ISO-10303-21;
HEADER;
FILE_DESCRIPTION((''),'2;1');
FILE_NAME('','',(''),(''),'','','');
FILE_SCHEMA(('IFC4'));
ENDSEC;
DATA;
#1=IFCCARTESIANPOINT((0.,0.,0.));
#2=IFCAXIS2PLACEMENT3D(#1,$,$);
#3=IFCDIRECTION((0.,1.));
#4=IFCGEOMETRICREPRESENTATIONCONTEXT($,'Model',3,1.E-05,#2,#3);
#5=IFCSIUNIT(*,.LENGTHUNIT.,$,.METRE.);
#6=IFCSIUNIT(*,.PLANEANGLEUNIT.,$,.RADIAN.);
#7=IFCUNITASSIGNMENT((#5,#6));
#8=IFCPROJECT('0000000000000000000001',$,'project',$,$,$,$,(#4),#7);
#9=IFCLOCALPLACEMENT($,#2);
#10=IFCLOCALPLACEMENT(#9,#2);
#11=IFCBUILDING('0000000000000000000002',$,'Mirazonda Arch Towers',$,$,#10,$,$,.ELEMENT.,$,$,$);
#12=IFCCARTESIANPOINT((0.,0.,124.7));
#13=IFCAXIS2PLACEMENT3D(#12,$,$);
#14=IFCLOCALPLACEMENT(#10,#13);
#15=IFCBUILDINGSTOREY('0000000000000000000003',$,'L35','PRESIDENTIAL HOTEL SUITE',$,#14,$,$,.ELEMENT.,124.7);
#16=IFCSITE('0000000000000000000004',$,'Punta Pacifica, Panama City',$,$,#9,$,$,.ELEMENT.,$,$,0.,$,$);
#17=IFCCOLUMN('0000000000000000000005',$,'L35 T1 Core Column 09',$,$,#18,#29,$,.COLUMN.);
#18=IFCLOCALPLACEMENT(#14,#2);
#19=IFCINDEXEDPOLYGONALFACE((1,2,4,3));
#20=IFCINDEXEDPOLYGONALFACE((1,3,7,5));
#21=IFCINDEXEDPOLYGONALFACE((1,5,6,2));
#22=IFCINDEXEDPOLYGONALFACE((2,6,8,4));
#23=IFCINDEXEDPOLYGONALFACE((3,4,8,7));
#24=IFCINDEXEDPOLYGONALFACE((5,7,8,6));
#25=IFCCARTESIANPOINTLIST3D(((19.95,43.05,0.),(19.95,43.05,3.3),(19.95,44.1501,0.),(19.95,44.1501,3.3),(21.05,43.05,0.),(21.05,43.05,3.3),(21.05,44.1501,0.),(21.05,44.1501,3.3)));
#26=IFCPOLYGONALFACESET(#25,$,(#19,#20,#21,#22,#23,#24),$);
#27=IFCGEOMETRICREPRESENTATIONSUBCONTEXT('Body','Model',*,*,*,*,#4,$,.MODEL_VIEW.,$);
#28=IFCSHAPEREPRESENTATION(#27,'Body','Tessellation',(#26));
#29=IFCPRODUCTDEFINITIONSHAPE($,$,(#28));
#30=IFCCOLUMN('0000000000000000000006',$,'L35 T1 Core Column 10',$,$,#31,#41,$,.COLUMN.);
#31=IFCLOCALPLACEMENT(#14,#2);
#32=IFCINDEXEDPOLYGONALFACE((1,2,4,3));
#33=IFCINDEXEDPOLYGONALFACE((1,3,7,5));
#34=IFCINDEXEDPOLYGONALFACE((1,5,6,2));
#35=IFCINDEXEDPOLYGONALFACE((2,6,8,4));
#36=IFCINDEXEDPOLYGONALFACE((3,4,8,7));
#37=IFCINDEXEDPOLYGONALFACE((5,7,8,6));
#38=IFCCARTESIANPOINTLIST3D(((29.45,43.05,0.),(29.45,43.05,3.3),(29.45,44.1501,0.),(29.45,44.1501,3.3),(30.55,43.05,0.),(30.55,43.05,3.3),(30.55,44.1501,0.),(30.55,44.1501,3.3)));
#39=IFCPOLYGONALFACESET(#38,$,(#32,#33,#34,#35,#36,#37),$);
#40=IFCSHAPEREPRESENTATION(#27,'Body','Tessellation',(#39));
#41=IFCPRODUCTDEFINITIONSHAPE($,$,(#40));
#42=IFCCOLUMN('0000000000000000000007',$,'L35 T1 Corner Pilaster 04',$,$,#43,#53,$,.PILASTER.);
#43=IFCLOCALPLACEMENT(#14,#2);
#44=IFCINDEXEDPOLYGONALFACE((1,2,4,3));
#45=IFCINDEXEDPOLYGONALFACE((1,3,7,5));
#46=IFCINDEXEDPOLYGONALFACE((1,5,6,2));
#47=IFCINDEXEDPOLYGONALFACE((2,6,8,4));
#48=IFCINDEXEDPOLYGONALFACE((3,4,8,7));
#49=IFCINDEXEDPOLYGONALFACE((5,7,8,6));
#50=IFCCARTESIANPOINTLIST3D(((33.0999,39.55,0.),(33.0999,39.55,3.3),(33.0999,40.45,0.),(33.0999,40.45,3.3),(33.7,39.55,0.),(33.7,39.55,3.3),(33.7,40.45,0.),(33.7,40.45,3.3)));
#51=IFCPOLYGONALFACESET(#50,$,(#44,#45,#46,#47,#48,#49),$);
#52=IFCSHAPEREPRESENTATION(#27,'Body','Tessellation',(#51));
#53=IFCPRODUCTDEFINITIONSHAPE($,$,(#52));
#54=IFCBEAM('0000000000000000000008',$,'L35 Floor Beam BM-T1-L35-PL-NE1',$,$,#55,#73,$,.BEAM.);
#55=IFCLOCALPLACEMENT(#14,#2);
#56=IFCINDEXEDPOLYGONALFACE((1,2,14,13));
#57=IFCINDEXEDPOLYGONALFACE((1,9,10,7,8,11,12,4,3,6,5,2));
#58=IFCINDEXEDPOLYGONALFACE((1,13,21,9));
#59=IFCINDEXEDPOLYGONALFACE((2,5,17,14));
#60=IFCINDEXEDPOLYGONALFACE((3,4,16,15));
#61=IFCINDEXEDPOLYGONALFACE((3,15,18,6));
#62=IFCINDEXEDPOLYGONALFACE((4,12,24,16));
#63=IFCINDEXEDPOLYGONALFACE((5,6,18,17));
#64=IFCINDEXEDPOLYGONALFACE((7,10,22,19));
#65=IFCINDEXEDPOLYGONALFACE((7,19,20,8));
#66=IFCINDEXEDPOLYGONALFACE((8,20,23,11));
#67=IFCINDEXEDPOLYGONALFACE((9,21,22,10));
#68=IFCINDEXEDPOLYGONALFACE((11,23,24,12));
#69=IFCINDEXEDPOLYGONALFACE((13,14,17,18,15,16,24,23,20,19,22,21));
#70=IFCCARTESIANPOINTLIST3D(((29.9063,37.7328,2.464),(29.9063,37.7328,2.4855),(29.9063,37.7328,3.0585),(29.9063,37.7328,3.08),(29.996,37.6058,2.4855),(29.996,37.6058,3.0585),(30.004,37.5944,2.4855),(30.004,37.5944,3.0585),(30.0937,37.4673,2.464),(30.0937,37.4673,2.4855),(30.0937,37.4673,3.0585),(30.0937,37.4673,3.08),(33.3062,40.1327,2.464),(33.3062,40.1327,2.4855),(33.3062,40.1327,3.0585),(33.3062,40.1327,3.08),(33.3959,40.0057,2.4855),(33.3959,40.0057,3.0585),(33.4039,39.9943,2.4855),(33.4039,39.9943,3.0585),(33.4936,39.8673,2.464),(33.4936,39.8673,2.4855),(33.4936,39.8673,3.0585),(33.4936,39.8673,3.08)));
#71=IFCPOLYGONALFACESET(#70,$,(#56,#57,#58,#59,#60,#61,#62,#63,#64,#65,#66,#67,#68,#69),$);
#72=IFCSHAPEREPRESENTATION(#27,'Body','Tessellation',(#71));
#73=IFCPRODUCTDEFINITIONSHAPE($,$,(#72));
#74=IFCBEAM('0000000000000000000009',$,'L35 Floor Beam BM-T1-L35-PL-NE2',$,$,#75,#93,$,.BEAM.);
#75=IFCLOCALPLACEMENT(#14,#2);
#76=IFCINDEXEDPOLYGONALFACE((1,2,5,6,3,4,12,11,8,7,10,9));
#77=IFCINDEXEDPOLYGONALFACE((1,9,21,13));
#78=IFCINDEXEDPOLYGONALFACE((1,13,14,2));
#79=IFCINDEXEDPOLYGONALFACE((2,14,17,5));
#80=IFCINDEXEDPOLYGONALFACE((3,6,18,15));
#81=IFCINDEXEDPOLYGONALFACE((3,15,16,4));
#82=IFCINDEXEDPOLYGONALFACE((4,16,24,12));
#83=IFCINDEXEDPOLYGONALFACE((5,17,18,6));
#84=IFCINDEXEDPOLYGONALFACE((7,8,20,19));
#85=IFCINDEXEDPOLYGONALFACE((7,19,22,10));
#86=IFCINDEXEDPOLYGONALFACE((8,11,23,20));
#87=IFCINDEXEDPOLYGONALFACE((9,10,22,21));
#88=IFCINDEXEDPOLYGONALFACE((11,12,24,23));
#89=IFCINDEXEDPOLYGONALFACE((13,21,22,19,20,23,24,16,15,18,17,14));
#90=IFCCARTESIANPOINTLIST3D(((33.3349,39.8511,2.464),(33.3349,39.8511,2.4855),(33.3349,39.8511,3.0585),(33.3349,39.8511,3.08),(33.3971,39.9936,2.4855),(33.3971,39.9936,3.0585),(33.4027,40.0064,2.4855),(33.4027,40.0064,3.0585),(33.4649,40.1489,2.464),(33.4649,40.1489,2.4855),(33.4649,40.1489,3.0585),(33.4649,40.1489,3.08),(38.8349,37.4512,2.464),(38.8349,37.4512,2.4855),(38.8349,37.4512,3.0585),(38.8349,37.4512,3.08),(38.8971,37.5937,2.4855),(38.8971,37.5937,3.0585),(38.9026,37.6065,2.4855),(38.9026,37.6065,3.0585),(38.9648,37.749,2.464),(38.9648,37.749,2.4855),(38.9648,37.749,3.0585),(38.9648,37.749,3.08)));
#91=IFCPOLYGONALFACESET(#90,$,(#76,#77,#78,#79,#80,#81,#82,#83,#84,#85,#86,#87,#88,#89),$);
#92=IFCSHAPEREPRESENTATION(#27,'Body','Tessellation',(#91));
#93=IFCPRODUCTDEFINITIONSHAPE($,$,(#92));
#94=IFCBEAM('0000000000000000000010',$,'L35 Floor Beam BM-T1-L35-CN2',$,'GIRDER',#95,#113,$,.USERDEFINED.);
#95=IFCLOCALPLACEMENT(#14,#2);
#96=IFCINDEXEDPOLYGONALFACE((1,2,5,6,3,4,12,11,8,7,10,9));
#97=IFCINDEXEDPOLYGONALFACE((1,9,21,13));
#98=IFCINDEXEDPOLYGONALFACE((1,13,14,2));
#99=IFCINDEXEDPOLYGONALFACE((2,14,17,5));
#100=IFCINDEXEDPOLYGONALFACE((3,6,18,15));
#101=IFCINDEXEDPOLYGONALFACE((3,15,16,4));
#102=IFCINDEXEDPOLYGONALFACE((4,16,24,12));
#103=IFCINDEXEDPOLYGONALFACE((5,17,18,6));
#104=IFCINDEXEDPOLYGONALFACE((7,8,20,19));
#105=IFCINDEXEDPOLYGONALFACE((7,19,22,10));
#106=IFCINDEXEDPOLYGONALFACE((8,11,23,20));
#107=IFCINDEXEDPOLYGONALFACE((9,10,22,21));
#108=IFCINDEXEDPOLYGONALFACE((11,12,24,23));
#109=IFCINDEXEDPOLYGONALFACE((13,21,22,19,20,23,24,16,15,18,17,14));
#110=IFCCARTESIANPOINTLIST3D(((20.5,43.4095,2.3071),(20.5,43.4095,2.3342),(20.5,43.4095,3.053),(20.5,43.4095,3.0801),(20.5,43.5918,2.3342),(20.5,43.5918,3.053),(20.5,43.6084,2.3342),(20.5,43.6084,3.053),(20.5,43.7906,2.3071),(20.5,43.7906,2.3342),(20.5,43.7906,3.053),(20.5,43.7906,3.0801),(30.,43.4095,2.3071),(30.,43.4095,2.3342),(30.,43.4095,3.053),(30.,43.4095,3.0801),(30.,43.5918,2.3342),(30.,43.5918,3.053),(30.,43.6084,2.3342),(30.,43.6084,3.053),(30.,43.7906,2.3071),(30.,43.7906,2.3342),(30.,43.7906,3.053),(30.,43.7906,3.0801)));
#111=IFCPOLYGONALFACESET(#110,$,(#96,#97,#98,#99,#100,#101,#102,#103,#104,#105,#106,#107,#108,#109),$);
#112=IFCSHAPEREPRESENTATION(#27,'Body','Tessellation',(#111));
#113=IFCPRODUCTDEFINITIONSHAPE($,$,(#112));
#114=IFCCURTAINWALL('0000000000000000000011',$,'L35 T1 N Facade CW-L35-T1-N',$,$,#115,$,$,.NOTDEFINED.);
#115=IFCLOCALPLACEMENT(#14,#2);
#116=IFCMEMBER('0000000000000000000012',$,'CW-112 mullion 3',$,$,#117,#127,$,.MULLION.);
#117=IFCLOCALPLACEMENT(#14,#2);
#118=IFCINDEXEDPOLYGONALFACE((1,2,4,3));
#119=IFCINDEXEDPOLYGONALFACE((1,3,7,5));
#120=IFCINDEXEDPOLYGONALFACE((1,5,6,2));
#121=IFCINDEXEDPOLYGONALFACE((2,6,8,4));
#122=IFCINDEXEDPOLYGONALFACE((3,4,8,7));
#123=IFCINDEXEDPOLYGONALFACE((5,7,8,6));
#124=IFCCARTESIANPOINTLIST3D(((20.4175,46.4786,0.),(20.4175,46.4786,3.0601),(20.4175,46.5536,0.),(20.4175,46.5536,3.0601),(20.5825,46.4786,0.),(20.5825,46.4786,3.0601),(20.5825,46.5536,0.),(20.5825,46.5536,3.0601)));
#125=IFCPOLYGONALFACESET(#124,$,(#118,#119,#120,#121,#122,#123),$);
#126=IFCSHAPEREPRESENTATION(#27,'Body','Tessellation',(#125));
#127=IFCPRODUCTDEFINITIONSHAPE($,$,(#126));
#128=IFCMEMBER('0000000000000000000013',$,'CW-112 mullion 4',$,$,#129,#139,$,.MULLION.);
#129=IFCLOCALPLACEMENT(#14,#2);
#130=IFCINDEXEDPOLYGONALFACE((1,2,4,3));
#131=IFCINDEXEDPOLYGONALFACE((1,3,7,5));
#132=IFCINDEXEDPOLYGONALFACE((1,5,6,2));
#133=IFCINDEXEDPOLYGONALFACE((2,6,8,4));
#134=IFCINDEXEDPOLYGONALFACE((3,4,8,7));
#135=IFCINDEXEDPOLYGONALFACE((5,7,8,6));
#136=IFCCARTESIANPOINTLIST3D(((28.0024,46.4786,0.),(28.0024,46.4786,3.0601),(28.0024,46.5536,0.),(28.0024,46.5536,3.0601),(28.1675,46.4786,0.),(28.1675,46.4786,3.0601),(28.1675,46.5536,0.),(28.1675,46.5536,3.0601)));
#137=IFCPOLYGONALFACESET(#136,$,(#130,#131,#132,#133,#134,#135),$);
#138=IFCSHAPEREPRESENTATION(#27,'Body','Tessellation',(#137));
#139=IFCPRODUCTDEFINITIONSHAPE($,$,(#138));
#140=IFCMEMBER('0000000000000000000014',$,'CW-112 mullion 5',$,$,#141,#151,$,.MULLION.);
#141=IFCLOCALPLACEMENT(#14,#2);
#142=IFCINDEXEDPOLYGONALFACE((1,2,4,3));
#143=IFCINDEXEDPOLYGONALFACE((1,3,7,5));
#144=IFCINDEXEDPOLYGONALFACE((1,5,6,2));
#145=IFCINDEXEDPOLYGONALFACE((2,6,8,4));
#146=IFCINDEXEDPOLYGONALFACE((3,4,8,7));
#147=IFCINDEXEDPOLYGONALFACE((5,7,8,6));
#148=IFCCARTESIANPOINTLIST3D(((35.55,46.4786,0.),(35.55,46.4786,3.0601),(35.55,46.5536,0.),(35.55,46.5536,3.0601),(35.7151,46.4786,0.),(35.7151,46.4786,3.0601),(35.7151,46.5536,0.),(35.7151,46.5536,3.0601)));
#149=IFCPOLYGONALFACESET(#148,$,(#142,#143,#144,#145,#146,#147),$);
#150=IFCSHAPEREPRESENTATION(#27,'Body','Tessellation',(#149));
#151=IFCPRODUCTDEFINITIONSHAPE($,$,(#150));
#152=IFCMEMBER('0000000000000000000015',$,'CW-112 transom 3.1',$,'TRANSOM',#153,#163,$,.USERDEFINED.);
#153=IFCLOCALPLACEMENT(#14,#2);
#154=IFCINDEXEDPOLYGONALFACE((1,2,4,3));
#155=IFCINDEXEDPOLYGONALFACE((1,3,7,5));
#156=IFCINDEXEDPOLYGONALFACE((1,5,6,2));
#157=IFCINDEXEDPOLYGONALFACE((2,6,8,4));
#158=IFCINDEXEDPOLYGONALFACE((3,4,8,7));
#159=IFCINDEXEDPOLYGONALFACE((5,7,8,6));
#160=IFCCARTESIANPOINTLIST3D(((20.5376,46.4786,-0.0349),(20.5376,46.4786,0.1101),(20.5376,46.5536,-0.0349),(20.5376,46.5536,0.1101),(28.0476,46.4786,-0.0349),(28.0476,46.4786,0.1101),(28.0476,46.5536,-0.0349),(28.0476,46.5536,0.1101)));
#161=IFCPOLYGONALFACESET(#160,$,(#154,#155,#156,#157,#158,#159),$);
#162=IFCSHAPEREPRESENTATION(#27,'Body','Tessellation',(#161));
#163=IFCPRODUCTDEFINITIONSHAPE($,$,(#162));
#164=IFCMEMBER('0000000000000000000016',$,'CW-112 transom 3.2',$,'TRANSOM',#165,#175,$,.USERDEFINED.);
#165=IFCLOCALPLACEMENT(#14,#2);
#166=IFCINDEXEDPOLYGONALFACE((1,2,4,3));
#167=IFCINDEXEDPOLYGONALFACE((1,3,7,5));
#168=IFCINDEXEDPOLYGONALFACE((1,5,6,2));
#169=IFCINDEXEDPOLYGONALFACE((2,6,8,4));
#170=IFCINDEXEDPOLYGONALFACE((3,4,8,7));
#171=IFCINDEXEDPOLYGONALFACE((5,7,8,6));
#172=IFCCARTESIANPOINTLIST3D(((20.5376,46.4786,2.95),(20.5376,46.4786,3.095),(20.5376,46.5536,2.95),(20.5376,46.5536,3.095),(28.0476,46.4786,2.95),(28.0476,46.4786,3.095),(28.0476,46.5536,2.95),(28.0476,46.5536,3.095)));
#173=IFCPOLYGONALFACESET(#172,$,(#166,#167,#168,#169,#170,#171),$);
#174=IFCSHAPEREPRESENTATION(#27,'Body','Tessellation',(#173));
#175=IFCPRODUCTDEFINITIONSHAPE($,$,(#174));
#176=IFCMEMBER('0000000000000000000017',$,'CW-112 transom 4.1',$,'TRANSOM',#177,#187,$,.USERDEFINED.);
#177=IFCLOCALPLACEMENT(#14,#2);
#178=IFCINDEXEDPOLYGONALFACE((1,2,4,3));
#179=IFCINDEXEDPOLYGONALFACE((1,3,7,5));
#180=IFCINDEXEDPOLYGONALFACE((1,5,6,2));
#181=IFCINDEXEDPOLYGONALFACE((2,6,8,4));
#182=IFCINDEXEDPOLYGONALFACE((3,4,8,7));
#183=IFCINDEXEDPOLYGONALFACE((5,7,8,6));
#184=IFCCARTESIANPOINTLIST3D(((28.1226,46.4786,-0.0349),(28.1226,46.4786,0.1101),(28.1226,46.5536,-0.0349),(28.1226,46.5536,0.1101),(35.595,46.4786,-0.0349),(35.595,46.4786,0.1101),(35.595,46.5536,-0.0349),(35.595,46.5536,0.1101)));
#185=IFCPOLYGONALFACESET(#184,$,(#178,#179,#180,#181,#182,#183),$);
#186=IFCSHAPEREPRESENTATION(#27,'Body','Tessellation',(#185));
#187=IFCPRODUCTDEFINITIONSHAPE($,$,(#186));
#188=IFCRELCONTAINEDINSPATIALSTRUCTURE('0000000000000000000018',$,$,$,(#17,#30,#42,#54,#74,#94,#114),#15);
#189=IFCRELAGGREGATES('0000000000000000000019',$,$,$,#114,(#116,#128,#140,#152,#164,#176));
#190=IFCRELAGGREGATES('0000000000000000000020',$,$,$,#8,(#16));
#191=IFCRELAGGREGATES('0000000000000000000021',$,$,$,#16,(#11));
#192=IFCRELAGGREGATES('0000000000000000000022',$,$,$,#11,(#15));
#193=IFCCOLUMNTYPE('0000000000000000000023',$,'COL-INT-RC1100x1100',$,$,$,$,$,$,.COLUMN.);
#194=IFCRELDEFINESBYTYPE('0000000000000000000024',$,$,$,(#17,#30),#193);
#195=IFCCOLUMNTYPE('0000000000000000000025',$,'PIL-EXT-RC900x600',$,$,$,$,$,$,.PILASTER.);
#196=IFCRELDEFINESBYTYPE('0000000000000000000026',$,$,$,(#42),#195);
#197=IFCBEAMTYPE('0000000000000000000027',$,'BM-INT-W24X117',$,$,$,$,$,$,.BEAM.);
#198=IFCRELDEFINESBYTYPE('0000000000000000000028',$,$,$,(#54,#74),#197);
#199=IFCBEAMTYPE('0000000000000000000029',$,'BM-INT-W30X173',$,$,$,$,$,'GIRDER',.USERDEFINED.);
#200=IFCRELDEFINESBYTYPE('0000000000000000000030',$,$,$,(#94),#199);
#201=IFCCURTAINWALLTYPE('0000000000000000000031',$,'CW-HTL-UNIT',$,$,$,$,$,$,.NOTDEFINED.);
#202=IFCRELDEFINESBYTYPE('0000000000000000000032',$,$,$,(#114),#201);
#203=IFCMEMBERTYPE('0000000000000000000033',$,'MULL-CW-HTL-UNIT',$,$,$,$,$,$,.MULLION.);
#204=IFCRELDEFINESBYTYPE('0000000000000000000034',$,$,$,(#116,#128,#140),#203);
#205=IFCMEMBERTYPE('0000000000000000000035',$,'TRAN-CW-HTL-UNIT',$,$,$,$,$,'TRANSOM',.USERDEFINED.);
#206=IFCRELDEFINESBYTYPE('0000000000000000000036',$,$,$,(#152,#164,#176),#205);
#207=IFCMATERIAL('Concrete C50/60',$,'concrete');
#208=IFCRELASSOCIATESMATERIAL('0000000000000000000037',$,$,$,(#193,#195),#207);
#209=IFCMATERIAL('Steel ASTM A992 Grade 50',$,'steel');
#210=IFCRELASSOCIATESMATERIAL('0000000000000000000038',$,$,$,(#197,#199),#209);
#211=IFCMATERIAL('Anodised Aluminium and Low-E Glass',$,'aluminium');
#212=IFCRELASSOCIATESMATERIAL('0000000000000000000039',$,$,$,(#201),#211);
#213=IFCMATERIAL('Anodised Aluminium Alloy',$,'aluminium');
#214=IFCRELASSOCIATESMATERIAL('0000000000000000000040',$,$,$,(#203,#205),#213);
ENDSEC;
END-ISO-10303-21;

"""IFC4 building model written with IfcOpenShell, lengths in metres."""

from ifc_helpers import new_model, si_unit, direction, frame, origin, origin_2d, place, context, subcontext, project, spatial, rectangle, i_section, extrude, material, material_profile, profile_set, type_object, element, aggregate, save


model = new_model("IFC4")

# Units and contexts
model_context = context("Model", 3, precision=1e-05, world=origin(), true_north=direction((0.0, 1.0)))
body_context = subcontext(model_context, "Body", "Model", "MODEL_VIEW")
ifc_project = project(units=[si_unit("LENGTHUNIT", "METRE"), si_unit("PLANEANGLEUNIT", "RADIAN")], contexts=[model_context])

# Site, building, storey
site_placement = place(None, origin())
site = spatial("IfcSite", under=ifc_project, at=site_placement, Name="Punta Pacifica, Panama City", CompositionType="ELEMENT", RefElevation=0.0)
building_placement = place(site_placement, origin())
building = spatial("IfcBuilding", under=site, at=building_placement, Name="Mirazonda Arch Towers", CompositionType="ELEMENT")
storey_placement = place(building_placement, frame((0.0, 0.0, 124.7)))
storey = spatial("IfcBuildingStorey", under=building, at=storey_placement, Name="L35", Description="PRESIDENTIAL HOTEL SUITE", CompositionType="ELEMENT", Elevation=124.7)

# Columns
ifc_material_1 = material(Name="Concrete C50/60", Category="concrete")
ifc_material_profile_1 = material_profile(ifc_material_1, rectangle(XDim=1.1001, YDim=1.1001, at=origin_2d()), Name="RC1100x1100")
ifc_profile_set_1 = profile_set([ifc_material_profile_1], Name="Concrete C50/60")
column_type_1 = type_object("IfcColumnType", Name="COL-INT-RC1100x1100", PredefinedType="COLUMN", material=ifc_profile_set_1)
for number, where, z_axis, x_axis, name in (
    (1, (20.5, 43.6001, 0.0), (0.0, 0.0, 1.0), (1.0, 0.0, 0.0), "L35 T1 Core Column 09"),
    (2, (30.0, 43.6001, 0.0), (0.0, 0.0, 1.0), (1.0, 0.0, 0.0), "L35 T1 Core Column 10"),
):
    element("IfcColumn", number, at=place(storey_placement, frame(where, z_axis=z_axis, x_axis=x_axis)), inside=storey, type_object=column_type_1, Name=name, PredefinedType="COLUMN", context=body_context, shape_type="SweptSolid", body=[
        extrude(rectangle(XDim=1.1001, YDim=1.1001, at=origin_2d()), origin(), (0.0, 0.0, 1.0), 3.3),
    ])
ifc_material_profile_2 = material_profile(ifc_material_1, rectangle(XDim=0.6001, YDim=0.8999, at=origin_2d()), Name="RC900x600")
ifc_profile_set_2 = profile_set([ifc_material_profile_2], Name="Concrete C50/60")
column_type_2 = type_object("IfcColumnType", Name="PIL-EXT-RC900x600", PredefinedType="PILASTER", material=ifc_profile_set_2)
column_placement = place(storey_placement, frame((33.3999, 40.0, 0.0), z_axis=(0.0, 0.0, 1.0), x_axis=(1.0, 0.0, 0.0)))
element("IfcColumn", 3, at=column_placement, inside=storey, type_object=column_type_2, Name="L35 T1 Corner Pilaster 04", PredefinedType="PILASTER", context=body_context, shape_type="SweptSolid", body=[
    extrude(rectangle(XDim=0.6001, YDim=0.8999, at=origin_2d()), origin(), (0.0, 0.0, 1.0), 3.3),
])

# Beams
ifc_material_2 = material(Name="Steel ASTM A992 Grade 50", Category="steel")
ifc_material_profile_3 = material_profile(ifc_material_2, i_section(OverallWidth=0.325, OverallDepth=0.616, WebThickness=0.0139, FlangeThickness=0.0215, at=origin_2d()), Name="W24X117")
ifc_profile_set_3 = profile_set([ifc_material_profile_3], Name="Steel ASTM A992 Grade 50")
beam_type_1 = type_object("IfcBeamType", Name="BM-INT-W24X117", PredefinedType="BEAM", material=ifc_profile_set_3)
beam_1_placement = place(storey_placement, frame((33.3999, 40.0, 2.772), z_axis=(-0.816971, -0.576679, 0.0), x_axis=(0.576679, -0.816971, 0.0)))
element("IfcBeam", 4, at=beam_1_placement, inside=storey, type_object=beam_type_1, Name="L35 Floor Beam BM-T1-L35-PL-NE1", PredefinedType="BEAM", context=body_context, shape_type="SweptSolid", body=[
    extrude(i_section(OverallWidth=0.325, OverallDepth=0.616, WebThickness=0.0139, FlangeThickness=0.0215, at=origin_2d()), origin(), (0.0, 0.0, 1.0), 4.1616),
])
beam_2_placement = place(storey_placement, frame((33.3999, 40.0, 2.772), z_axis=(0.916545, -0.399931, 0.0), x_axis=(0.399931, 0.916545, 0.0)))
element("IfcBeam", 5, at=beam_2_placement, inside=storey, type_object=beam_type_1, Name="L35 Floor Beam BM-T1-L35-PL-NE2", PredefinedType="BEAM", context=body_context, shape_type="SweptSolid", body=[
    extrude(i_section(OverallWidth=0.325, OverallDepth=0.616, WebThickness=0.0139, FlangeThickness=0.0215, at=origin_2d()), origin(), (0.0, 0.0, 1.0), 6.0007),
])
ifc_material_profile_4 = material_profile(ifc_material_2, i_section(OverallWidth=0.3811, OverallDepth=0.7729, WebThickness=0.0166, FlangeThickness=0.0271, at=origin_2d()), Name="W30X173")
ifc_profile_set_4 = profile_set([ifc_material_profile_4], Name="Steel ASTM A992 Grade 50")
beam_type_2 = type_object("IfcBeamType", Name="BM-INT-W30X173", ElementType="GIRDER", PredefinedType="USERDEFINED", material=ifc_profile_set_4)
beam_3_placement = place(storey_placement, frame((20.5, 43.6001, 2.6936), z_axis=(1.0, 0.0, 0.0), x_axis=(0.0, 1.0, 0.0)))
element("IfcBeam", 6, at=beam_3_placement, inside=storey, type_object=beam_type_2, Name="L35 Floor Beam BM-T1-L35-CN2", ObjectType="GIRDER", PredefinedType="USERDEFINED", context=body_context, shape_type="SweptSolid", body=[
    extrude(i_section(OverallWidth=0.3811, OverallDepth=0.7729, WebThickness=0.0166, FlangeThickness=0.0271, at=origin_2d()), origin(), (0.0, 0.0, 1.0), 9.5),
])

# Curtain wall, members
ifc_material_3 = material(Name="Anodised Aluminium and Low-E Glass", Category="aluminium")
curtain_wall_type = type_object("IfcCurtainWallType", Name="CW-HTL-UNIT", PredefinedType="NOTDEFINED", material=ifc_material_3)
curtain_wall_placement = place(storey_placement, origin())
curtain_wall = element("IfcCurtainWall", 7, at=curtain_wall_placement, inside=storey, type_object=curtain_wall_type, Name="L35 T1 N Facade CW-L35-T1-N", PredefinedType="NOTDEFINED")
ifc_material_4 = material(Name="Anodised Aluminium Alloy", Category="aluminium")
ifc_material_profile_5 = material_profile(ifc_material_4, rectangle(XDim=0.075, YDim=0.165, at=origin_2d()), Name="ALU-MULL-75x165")
ifc_profile_set_5 = profile_set([ifc_material_profile_5], Name="Anodised Aluminium Alloy")
member_type_1 = type_object("IfcMemberType", Name="MULL-CW-HTL-UNIT", PredefinedType="MULLION", material=ifc_profile_set_5)
member_1_placement = place(storey_placement, frame((20.5, 46.5161, 0.0), z_axis=(0.0, 0.0, 1.0), x_axis=(0.0, 1.0, 0.0)))
member_1 = element("IfcMember", 8, at=member_1_placement, type_object=member_type_1, Name="CW-112 mullion 3", PredefinedType="MULLION", context=body_context, shape_type="SweptSolid", body=[
    extrude(rectangle(XDim=0.075, YDim=0.165, at=origin_2d()), origin(), (0.0, 0.0, 1.0), 3.0601),
])
member_2_placement = place(storey_placement, frame((28.085, 46.5161, 0.0), z_axis=(0.0, 0.0, 1.0), x_axis=(0.0, 1.0, 0.0)))
member_2 = element("IfcMember", 9, at=member_2_placement, type_object=member_type_1, Name="CW-112 mullion 4", PredefinedType="MULLION", context=body_context, shape_type="SweptSolid", body=[
    extrude(rectangle(XDim=0.075, YDim=0.165, at=origin_2d()), origin(), (0.0, 0.0, 1.0), 3.0601),
])
member_3_placement = place(storey_placement, frame((35.6326, 46.5161, 0.0), z_axis=(0.0, 0.0, 1.0), x_axis=(0.0, 1.0, 0.0)))
member_3 = element("IfcMember", 10, at=member_3_placement, type_object=member_type_1, Name="CW-112 mullion 5", PredefinedType="MULLION", context=body_context, shape_type="SweptSolid", body=[
    extrude(rectangle(XDim=0.075, YDim=0.165, at=origin_2d()), origin(), (0.0, 0.0, 1.0), 3.0601),
])
ifc_material_profile_6 = material_profile(ifc_material_4, rectangle(XDim=0.075, YDim=0.145, at=origin_2d()), Name="ALU-TRAN-75x145")
ifc_profile_set_6 = profile_set([ifc_material_profile_6], Name="Anodised Aluminium Alloy")
member_type_2 = type_object("IfcMemberType", Name="TRAN-CW-HTL-UNIT", ElementType="TRANSOM", PredefinedType="USERDEFINED", material=ifc_profile_set_6)
member_4_placement = place(storey_placement, frame((20.5376, 46.5161, 0.0376), z_axis=(1.0, 0.0, 0.0), x_axis=(0.0, 1.0, 0.0)))
member_4 = element("IfcMember", 11, at=member_4_placement, type_object=member_type_2, Name="CW-112 transom 3.1", ObjectType="TRANSOM", PredefinedType="USERDEFINED", context=body_context, shape_type="SweptSolid", body=[
    extrude(rectangle(XDim=0.075, YDim=0.145, at=origin_2d()), origin(), (0.0, 0.0, 1.0), 7.51),
])
member_5_placement = place(storey_placement, frame((20.5376, 46.5161, 3.0225), z_axis=(1.0, 0.0, 0.0), x_axis=(0.0, 1.0, 0.0)))
member_5 = element("IfcMember", 12, at=member_5_placement, type_object=member_type_2, Name="CW-112 transom 3.2", ObjectType="TRANSOM", PredefinedType="USERDEFINED", context=body_context, shape_type="SweptSolid", body=[
    extrude(rectangle(XDim=0.075, YDim=0.145, at=origin_2d()), origin(), (0.0, 0.0, 1.0), 7.51),
])
member_6_placement = place(storey_placement, frame((28.1226, 46.5161, 0.0376), z_axis=(1.0, 0.0, 0.0), x_axis=(0.0, 1.0, 0.0)))
member_6 = element("IfcMember", 13, at=member_6_placement, type_object=member_type_2, Name="CW-112 transom 4.1", ObjectType="TRANSOM", PredefinedType="USERDEFINED", context=body_context, shape_type="SweptSolid", body=[
    extrude(rectangle(XDim=0.075, YDim=0.145, at=origin_2d()), origin(), (0.0, 0.0, 1.0), 7.4724),
])
aggregate(curtain_wall, [member_1, member_2, member_3, member_4, member_5, member_6])

save(model, "model.ifc")
